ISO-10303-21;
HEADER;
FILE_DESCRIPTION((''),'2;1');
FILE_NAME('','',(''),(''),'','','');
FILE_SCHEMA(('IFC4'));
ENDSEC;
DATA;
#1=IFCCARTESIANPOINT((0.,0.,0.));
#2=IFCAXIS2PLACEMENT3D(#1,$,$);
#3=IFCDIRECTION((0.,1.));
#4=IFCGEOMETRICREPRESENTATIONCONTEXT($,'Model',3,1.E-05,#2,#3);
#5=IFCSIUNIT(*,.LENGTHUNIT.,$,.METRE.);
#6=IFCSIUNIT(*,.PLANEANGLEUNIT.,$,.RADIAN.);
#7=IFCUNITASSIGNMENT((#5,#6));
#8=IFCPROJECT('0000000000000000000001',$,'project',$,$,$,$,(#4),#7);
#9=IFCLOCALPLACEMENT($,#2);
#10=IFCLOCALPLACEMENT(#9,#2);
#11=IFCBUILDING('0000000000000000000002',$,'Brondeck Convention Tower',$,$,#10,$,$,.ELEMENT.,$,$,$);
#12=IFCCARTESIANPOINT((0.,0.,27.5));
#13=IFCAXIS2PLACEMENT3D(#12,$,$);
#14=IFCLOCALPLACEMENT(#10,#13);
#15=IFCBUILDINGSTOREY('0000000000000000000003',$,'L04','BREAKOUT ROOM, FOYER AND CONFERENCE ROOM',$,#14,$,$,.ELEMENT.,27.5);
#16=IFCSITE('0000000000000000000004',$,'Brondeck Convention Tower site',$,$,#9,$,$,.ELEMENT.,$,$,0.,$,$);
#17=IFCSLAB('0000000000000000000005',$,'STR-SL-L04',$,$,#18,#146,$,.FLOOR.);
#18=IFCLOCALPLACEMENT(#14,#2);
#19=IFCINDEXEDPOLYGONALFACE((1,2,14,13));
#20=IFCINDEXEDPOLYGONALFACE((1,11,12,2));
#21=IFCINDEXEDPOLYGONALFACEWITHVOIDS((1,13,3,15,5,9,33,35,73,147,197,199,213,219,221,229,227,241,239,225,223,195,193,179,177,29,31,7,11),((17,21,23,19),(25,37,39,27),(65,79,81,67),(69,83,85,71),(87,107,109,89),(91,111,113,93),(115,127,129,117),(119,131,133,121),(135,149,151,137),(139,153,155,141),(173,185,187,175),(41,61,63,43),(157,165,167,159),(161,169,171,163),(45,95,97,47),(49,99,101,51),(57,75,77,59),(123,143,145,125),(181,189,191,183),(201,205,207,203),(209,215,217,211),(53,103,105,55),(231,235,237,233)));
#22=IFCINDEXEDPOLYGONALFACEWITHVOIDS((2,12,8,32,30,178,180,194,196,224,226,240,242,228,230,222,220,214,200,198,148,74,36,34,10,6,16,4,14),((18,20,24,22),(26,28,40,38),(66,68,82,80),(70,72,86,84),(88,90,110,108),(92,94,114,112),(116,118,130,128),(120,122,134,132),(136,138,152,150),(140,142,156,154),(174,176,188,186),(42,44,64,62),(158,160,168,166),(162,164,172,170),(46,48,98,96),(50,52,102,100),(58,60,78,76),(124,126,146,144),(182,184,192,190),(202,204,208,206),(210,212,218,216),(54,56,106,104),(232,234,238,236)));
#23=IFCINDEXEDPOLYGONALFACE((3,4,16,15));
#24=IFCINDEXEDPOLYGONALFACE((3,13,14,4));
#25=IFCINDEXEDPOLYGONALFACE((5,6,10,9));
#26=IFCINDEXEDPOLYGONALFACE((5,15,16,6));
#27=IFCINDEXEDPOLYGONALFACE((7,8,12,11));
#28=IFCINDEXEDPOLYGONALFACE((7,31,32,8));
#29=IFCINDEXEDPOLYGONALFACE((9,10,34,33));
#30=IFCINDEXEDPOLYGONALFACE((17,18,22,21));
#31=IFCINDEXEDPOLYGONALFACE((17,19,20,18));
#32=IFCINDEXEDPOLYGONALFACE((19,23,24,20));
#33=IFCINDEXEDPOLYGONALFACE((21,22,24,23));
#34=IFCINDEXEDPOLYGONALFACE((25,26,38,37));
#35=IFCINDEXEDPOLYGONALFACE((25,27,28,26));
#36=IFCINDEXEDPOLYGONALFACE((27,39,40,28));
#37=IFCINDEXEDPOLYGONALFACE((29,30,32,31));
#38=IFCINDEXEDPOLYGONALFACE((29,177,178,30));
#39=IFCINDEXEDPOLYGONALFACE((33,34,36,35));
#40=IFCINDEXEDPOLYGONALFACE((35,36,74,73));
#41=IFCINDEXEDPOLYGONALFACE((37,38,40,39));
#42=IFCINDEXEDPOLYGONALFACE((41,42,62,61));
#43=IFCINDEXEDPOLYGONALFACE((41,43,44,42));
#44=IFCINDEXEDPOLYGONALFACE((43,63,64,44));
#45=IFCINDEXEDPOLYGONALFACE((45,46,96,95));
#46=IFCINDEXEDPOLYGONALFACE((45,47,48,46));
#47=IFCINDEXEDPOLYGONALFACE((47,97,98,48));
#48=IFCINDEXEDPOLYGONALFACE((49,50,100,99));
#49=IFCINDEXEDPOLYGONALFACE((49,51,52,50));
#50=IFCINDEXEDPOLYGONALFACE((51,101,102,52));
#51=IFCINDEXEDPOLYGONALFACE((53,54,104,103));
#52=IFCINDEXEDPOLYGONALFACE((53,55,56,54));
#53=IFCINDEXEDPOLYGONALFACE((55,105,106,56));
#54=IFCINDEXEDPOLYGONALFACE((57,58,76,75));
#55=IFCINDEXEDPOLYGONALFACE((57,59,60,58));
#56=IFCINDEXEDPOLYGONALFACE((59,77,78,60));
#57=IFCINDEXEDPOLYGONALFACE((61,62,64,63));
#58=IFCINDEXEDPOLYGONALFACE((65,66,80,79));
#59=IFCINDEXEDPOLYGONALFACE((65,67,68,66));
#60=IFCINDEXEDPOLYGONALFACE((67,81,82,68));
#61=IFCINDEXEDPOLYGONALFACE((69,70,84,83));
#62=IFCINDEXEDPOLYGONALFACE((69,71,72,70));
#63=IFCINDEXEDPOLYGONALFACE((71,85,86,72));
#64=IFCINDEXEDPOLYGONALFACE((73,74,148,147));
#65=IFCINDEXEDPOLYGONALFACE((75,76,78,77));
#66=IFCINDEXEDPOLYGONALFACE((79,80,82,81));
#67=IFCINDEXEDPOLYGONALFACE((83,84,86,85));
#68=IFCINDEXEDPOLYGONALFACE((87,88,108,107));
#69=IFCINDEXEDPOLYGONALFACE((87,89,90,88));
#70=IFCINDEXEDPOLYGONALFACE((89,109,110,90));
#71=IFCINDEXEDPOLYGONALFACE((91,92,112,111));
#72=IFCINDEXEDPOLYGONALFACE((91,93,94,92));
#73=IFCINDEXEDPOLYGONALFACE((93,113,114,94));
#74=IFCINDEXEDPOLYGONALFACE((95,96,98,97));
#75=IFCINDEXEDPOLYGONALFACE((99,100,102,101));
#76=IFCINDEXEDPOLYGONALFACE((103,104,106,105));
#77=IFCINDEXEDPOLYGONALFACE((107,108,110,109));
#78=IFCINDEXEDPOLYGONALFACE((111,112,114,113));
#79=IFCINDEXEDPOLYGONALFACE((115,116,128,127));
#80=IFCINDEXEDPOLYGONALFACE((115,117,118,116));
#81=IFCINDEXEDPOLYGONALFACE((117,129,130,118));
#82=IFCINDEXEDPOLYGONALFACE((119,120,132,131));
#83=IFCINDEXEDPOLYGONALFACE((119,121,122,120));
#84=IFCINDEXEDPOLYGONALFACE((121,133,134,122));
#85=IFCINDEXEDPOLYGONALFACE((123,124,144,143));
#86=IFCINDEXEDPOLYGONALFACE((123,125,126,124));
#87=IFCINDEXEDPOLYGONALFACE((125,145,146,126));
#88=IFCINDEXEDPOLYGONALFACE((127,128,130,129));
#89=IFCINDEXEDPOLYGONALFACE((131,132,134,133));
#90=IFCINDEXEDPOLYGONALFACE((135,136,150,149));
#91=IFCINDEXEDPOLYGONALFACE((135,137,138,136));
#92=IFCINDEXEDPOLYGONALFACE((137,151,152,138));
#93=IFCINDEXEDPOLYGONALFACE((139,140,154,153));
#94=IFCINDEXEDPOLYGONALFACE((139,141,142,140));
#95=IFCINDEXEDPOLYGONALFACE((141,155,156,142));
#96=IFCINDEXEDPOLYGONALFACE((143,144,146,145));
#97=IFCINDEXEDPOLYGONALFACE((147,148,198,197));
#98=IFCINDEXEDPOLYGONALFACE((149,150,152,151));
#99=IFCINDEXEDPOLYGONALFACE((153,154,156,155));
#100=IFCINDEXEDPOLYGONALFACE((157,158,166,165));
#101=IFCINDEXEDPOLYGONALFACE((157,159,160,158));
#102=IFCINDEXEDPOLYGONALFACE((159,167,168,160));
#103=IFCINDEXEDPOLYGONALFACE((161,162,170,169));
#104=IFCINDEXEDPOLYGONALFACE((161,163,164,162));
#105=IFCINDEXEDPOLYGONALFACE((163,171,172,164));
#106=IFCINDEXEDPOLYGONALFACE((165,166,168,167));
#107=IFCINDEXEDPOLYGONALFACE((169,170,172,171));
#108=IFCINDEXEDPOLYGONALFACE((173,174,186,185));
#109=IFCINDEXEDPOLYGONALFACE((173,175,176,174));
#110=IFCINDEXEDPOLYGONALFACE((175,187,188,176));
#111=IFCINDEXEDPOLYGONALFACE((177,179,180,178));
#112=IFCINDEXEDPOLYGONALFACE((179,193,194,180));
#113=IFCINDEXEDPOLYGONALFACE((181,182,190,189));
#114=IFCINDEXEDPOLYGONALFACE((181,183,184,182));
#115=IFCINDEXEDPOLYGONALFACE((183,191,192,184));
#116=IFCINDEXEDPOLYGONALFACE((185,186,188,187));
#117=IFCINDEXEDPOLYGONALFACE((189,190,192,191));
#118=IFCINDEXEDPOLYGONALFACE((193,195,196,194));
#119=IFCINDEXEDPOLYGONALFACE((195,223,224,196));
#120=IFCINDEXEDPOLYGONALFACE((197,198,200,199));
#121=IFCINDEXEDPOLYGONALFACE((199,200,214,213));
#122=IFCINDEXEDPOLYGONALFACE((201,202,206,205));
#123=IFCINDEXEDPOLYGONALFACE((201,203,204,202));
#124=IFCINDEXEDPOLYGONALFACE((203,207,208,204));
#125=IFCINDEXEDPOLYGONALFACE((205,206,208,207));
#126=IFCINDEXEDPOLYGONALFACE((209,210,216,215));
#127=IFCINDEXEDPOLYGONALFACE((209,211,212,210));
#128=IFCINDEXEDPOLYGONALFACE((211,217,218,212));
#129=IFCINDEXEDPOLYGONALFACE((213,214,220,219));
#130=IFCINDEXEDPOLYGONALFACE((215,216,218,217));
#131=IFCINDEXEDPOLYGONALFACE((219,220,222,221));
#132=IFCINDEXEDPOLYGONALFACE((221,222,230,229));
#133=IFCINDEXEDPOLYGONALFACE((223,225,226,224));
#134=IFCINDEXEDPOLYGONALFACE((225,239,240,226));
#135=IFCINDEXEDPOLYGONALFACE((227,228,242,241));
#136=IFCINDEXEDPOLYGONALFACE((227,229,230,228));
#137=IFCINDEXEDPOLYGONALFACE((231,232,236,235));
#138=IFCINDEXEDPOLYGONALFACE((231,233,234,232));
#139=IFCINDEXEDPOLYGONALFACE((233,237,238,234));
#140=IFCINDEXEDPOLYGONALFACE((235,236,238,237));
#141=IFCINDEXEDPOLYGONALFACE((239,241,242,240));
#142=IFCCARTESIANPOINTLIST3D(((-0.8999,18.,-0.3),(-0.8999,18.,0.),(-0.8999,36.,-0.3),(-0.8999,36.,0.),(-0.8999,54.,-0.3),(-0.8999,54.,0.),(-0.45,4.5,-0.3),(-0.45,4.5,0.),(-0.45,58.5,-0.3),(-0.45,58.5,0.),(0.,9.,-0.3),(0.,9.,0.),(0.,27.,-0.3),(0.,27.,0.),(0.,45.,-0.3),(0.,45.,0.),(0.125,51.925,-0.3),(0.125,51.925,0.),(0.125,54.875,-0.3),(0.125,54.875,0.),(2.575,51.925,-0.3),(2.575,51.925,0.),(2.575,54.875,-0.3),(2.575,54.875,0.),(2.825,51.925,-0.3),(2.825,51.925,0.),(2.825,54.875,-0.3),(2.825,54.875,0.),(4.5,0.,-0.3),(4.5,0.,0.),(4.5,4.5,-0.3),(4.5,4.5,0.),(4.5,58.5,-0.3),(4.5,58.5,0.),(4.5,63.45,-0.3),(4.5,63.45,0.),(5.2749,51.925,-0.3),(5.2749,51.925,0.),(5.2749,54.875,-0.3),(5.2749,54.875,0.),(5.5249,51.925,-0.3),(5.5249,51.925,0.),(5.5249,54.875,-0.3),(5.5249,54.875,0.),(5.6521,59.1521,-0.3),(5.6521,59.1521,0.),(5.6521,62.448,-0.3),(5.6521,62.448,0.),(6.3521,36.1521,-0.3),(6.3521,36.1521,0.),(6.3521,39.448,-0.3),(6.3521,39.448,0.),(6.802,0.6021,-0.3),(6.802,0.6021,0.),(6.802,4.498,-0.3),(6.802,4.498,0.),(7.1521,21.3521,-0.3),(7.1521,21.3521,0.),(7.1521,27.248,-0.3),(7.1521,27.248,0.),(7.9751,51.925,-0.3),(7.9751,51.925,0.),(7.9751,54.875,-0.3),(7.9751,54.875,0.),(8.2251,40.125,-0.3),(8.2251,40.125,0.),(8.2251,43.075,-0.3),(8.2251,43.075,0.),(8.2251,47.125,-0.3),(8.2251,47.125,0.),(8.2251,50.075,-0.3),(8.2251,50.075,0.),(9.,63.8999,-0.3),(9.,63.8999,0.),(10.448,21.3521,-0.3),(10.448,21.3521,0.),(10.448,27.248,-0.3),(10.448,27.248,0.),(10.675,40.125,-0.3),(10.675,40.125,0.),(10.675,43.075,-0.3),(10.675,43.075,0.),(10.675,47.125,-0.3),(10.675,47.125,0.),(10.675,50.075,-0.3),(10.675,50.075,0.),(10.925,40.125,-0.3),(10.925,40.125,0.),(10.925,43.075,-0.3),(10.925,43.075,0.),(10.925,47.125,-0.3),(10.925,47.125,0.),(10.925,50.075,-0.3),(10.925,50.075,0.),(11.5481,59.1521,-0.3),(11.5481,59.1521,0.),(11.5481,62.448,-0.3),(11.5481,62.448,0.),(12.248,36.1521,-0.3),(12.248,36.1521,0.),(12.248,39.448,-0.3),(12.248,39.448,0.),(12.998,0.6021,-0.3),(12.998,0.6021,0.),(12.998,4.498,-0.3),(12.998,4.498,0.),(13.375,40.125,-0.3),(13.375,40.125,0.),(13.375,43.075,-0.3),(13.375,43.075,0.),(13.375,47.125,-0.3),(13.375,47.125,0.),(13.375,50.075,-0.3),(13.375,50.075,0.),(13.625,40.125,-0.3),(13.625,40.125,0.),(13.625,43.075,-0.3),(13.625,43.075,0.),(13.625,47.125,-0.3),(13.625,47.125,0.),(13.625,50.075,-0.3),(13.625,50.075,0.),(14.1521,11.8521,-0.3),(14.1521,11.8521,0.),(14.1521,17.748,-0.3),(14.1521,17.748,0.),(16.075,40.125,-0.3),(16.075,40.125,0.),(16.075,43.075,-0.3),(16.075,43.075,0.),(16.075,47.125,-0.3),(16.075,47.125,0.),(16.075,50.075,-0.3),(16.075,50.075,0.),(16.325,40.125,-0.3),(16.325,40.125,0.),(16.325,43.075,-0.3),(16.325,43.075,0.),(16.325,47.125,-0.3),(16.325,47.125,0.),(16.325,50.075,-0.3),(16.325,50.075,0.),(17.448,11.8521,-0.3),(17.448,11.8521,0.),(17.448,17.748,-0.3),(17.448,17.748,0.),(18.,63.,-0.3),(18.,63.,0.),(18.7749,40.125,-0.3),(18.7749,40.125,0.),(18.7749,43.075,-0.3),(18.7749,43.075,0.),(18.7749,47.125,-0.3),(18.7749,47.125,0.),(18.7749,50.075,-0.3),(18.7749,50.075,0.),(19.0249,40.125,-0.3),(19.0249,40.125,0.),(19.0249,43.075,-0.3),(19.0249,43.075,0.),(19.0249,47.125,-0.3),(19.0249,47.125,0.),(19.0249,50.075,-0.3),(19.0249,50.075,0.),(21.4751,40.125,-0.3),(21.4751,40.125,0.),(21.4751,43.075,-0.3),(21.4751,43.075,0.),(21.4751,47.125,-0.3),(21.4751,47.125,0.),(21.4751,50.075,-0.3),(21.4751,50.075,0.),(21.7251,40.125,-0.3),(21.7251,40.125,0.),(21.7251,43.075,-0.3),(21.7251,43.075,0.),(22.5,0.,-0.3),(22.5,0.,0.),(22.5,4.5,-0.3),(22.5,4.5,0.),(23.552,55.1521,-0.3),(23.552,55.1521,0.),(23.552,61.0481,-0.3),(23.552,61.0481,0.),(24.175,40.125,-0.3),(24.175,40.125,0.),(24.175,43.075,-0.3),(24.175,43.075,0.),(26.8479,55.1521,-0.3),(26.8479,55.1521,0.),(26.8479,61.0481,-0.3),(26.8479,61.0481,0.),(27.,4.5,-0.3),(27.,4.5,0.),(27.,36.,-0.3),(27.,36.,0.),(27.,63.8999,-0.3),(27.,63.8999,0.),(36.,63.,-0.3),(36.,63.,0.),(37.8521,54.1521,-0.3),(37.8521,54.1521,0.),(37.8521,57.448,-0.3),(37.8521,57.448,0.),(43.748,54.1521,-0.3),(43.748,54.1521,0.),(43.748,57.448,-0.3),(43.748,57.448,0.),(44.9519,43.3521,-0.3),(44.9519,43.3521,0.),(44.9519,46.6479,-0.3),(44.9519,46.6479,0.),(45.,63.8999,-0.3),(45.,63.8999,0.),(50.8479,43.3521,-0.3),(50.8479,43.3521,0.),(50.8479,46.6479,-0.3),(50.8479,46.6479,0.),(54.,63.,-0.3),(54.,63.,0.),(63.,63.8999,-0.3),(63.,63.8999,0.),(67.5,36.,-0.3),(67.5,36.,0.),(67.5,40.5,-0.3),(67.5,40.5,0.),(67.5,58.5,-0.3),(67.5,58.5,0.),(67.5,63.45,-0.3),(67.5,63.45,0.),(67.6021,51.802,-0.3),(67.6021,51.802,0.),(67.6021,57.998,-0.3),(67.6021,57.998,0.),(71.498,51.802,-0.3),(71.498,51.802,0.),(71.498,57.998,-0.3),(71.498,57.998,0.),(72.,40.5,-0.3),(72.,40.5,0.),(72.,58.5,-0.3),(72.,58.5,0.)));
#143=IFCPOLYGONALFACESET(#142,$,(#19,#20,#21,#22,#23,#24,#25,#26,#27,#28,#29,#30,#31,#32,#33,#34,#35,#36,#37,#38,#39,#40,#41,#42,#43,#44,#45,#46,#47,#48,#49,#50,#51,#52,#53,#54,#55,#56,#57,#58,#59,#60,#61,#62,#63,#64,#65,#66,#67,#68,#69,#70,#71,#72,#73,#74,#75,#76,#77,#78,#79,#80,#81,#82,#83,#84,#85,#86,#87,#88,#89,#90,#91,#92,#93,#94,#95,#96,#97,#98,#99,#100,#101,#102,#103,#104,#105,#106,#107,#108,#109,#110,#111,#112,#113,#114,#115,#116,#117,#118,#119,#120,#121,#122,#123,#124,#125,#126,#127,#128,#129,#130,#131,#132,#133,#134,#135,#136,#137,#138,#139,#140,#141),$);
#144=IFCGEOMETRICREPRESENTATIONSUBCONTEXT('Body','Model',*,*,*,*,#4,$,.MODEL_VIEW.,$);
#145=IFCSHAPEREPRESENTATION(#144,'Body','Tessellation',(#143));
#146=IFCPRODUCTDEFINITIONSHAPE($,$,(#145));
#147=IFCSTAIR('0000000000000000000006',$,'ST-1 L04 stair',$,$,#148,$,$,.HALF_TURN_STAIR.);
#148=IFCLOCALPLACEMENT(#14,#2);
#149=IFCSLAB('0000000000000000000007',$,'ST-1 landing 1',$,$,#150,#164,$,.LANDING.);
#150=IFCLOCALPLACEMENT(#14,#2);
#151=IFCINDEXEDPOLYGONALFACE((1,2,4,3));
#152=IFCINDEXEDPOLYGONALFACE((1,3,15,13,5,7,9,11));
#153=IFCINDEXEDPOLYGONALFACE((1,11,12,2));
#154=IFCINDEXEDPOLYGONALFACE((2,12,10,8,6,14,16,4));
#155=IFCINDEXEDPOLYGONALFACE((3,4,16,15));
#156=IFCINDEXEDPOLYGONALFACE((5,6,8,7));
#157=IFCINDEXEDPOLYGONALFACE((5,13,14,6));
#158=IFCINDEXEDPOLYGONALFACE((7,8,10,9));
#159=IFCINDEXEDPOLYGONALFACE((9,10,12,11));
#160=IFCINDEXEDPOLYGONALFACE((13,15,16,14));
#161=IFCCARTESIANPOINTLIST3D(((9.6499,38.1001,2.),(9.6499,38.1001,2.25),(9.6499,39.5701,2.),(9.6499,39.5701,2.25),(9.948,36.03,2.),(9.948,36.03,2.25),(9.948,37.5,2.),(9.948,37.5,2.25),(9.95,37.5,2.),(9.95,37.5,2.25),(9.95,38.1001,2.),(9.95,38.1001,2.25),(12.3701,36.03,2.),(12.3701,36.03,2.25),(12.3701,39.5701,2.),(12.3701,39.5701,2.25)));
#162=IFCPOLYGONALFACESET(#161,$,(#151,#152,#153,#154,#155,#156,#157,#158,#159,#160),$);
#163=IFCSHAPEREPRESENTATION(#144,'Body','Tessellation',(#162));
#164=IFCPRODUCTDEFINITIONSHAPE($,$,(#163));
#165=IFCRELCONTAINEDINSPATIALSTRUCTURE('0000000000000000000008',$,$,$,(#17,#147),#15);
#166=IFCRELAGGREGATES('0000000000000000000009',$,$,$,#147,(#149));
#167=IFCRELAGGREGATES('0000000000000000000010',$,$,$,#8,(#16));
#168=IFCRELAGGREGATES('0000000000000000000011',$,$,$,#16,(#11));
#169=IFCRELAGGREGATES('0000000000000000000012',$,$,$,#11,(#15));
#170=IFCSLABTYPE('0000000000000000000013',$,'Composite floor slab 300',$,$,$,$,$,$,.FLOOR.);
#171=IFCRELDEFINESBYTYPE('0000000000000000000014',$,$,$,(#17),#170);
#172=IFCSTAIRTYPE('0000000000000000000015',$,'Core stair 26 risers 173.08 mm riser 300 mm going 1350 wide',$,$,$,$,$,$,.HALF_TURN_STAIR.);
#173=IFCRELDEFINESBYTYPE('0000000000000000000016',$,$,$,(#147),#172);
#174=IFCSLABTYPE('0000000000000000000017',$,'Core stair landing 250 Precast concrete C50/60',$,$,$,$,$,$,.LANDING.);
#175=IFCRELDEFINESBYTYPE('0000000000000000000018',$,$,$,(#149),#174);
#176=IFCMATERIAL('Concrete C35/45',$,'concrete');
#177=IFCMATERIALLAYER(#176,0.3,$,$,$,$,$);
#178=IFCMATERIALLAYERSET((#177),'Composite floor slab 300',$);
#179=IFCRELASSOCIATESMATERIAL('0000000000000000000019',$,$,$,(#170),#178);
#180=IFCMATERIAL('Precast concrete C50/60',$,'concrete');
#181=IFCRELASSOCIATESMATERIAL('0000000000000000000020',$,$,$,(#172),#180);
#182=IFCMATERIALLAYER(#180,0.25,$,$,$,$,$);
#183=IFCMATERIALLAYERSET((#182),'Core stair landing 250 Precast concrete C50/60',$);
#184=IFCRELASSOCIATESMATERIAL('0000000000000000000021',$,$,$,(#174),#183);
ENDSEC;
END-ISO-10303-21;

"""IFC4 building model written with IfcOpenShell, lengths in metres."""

from ifc_helpers import new_model, si_unit, direction, frame, origin, place, context, subcontext, project, spatial, polyline, outline, extrude, material, layer, layer_set, type_object, element, aggregate, save


model = new_model("IFC4")

# Units and contexts
model_context = context("Model", 3, precision=1e-05, world=origin(), true_north=direction((0.0, 1.0)))
body_context = subcontext(model_context, "Body", "Model", "MODEL_VIEW")
ifc_project = project(units=[si_unit("LENGTHUNIT", "METRE"), si_unit("PLANEANGLEUNIT", "RADIAN")], contexts=[model_context])

# Site, building, storey
site_placement = place(None, origin())
site = spatial("IfcSite", under=ifc_project, at=site_placement, Name="Brondeck Convention Tower site", CompositionType="ELEMENT", RefElevation=0.0)
building_placement = place(site_placement, origin())
building = spatial("IfcBuilding", under=site, at=building_placement, Name="Brondeck Convention Tower", CompositionType="ELEMENT")
storey_placement = place(building_placement, frame((0.0, 0.0, 27.5)))
storey = spatial("IfcBuildingStorey", under=building, at=storey_placement, Name="L04", Description="BREAKOUT ROOM, FOYER AND CONFERENCE ROOM", CompositionType="ELEMENT", Elevation=27.5)

# Slab
ifc_material_1 = material(Name="Concrete C35/45", Category="concrete")
ifc_layer_1 = layer(ifc_material_1, 0.3)
ifc_layer_set_1 = layer_set([ifc_layer_1], Name="Composite floor slab 300")
slab_type_1 = type_object("IfcSlabType", Name="Composite floor slab 300", PredefinedType="FLOOR", material=ifc_layer_set_1)
slab_1_placement = place(storey_placement, frame((0.0, 0.0, -0.3)))
element("IfcSlab", 1, at=slab_1_placement, inside=storey, type_object=slab_type_1, Name="STR-SL-L04", PredefinedType="FLOOR", context=body_context, shape_type="SweptSolid", body=[
    extrude(outline(polyline([(4.5, 4.5), (-0.45, 4.5), (0.0, 9.0), (-0.8999, 18.0), (0.0, 27.0), (-0.8999, 36.0), (0.0, 45.0), (-0.8999, 54.0), (-0.45, 58.5), (4.5, 58.5), (4.5, 63.45), (9.0, 63.8999), (18.0, 63.0), (27.0, 63.8999), (36.0, 63.0), (45.0, 63.8999), (54.0, 63.0), (63.0, 63.8999), (67.5, 63.45), (67.5, 58.5), (72.0, 58.5), (72.0, 40.5), (67.5, 40.5), (67.5, 36.0), (27.0, 36.0), (27.0, 4.5), (22.5, 4.5), (22.5, 0.0), (4.5, 0.0), (4.5, 4.5)]), holes=[polyline([(12.998, 0.6021), (12.998, 4.498), (6.802, 4.498), (6.802, 0.6021), (12.998, 0.6021)]), polyline([(10.448, 27.248), (7.1521, 27.248), (7.1521, 21.3521), (10.448, 21.3521), (10.448, 27.248)]), polyline([(12.248, 36.1521), (12.248, 39.448), (6.3521, 39.448), (6.3521, 36.1521), (12.248, 36.1521)]), polyline([(8.2251, 40.125), (10.675, 40.125), (10.675, 43.075), (8.2251, 43.075), (8.2251, 40.125)]), polyline([(10.925, 40.125), (13.375, 40.125), (13.375, 43.075), (10.925, 43.075), (10.925, 40.125)]), polyline([(10.675, 47.125), (10.675, 50.075), (8.2251, 50.075), (8.2251, 47.125), (10.675, 47.125)]), polyline([(10.925, 47.125), (13.375, 47.125), (13.375, 50.075), (10.925, 50.075), (10.925, 47.125)]), polyline([(13.625, 47.125), (16.075, 47.125), (16.075, 50.075), (13.625, 50.075), (13.625, 47.125)]), polyline([(2.575, 51.925), (2.575, 54.875), (0.125, 54.875), (0.125, 51.925), (2.575, 51.925)]), polyline([(2.825, 51.925), (5.2749, 51.925), (5.2749, 54.875), (2.825, 54.875), (2.825, 51.925)]), polyline([(5.5249, 51.925), (7.9751, 51.925), (7.9751, 54.875), (5.5249, 54.875), (5.5249, 51.925)]), polyline([(5.6521, 62.448), (5.6521, 59.1521), (11.5481, 59.1521), (11.5481, 62.448), (5.6521, 62.448)]), polyline([(17.448, 11.8521), (17.448, 17.748), (14.1521, 17.748), (14.1521, 11.8521), (17.448, 11.8521)]), polyline([(13.625, 40.125), (16.075, 40.125), (16.075, 43.075), (13.625, 43.075), (13.625, 40.125)]), polyline([(18.7749, 40.125), (18.7749, 43.075), (16.325, 43.075), (16.325, 40.125), (18.7749, 40.125)]), polyline([(19.0249, 40.125), (21.4751, 40.125), (21.4751, 43.075), (19.0249, 43.075), (19.0249, 40.125)]), polyline([(21.7251, 40.125), (24.175, 40.125), (24.175, 43.075), (21.7251, 43.075), (21.7251, 40.125)]), polyline([(50.8479, 43.3521), (50.8479, 46.6479), (44.9519, 46.6479), (44.9519, 43.3521), (50.8479, 43.3521)]), polyline([(16.325, 47.125), (18.7749, 47.125), (18.7749, 50.075), (16.325, 50.075), (16.325, 47.125)]), polyline([(19.0249, 47.125), (21.4751, 47.125), (21.4751, 50.075), (19.0249, 50.075), (19.0249, 47.125)]), polyline([(71.498, 57.998), (67.6021, 57.998), (67.6021, 51.802), (71.498, 51.802), (71.498, 57.998)]), polyline([(37.8521, 54.1521), (43.748, 54.1521), (43.748, 57.448), (37.8521, 57.448), (37.8521, 54.1521)]), polyline([(23.552, 61.0481), (23.552, 55.1521), (26.8479, 55.1521), (26.8479, 61.0481), (23.552, 61.0481)])]), origin(), (0.0, 0.0, 1.0), 0.3),
])

# Stair, slab
ifc_material_2 = material(Name="Precast concrete C50/60", Category="concrete")
stair_type_1 = type_object("IfcStairType", Name="Core stair 26 risers 173.08 mm riser 300 mm going 1350 wide", PredefinedType="HALF_TURN_STAIR", material=ifc_material_2)
stair_1_placement = place(storey_placement, origin())
stair_1 = element("IfcStair", 2, at=stair_1_placement, inside=storey, type_object=stair_type_1, Name="ST-1 L04 stair", PredefinedType="HALF_TURN_STAIR")
ifc_layer_2 = layer(ifc_material_2, 0.25)
ifc_layer_set_2 = layer_set([ifc_layer_2], Name="Core stair landing 250 Precast concrete C50/60")
slab_type_2 = type_object("IfcSlabType", Name="Core stair landing 250 Precast concrete C50/60", PredefinedType="LANDING", material=ifc_layer_set_2)
slab_2_placement = place(storey_placement, frame((0.0, 0.0, 2.0)))
slab_2 = element("IfcSlab", 3, at=slab_2_placement, type_object=slab_type_2, Name="ST-1 landing 1", PredefinedType="LANDING", context=body_context, shape_type="SweptSolid", body=[
    extrude(outline(polyline([(9.948, 37.5), (9.95, 37.5), (9.95, 38.1001), (9.6499, 38.1001), (9.6499, 39.5701), (12.3701, 39.5701), (12.3701, 36.03), (9.948, 36.03), (9.948, 37.5)])), origin(), (0.0, 0.0, 1.0), 0.25),
])
aggregate(stair_1, [slab_2])

save(model, "model.ifc")
